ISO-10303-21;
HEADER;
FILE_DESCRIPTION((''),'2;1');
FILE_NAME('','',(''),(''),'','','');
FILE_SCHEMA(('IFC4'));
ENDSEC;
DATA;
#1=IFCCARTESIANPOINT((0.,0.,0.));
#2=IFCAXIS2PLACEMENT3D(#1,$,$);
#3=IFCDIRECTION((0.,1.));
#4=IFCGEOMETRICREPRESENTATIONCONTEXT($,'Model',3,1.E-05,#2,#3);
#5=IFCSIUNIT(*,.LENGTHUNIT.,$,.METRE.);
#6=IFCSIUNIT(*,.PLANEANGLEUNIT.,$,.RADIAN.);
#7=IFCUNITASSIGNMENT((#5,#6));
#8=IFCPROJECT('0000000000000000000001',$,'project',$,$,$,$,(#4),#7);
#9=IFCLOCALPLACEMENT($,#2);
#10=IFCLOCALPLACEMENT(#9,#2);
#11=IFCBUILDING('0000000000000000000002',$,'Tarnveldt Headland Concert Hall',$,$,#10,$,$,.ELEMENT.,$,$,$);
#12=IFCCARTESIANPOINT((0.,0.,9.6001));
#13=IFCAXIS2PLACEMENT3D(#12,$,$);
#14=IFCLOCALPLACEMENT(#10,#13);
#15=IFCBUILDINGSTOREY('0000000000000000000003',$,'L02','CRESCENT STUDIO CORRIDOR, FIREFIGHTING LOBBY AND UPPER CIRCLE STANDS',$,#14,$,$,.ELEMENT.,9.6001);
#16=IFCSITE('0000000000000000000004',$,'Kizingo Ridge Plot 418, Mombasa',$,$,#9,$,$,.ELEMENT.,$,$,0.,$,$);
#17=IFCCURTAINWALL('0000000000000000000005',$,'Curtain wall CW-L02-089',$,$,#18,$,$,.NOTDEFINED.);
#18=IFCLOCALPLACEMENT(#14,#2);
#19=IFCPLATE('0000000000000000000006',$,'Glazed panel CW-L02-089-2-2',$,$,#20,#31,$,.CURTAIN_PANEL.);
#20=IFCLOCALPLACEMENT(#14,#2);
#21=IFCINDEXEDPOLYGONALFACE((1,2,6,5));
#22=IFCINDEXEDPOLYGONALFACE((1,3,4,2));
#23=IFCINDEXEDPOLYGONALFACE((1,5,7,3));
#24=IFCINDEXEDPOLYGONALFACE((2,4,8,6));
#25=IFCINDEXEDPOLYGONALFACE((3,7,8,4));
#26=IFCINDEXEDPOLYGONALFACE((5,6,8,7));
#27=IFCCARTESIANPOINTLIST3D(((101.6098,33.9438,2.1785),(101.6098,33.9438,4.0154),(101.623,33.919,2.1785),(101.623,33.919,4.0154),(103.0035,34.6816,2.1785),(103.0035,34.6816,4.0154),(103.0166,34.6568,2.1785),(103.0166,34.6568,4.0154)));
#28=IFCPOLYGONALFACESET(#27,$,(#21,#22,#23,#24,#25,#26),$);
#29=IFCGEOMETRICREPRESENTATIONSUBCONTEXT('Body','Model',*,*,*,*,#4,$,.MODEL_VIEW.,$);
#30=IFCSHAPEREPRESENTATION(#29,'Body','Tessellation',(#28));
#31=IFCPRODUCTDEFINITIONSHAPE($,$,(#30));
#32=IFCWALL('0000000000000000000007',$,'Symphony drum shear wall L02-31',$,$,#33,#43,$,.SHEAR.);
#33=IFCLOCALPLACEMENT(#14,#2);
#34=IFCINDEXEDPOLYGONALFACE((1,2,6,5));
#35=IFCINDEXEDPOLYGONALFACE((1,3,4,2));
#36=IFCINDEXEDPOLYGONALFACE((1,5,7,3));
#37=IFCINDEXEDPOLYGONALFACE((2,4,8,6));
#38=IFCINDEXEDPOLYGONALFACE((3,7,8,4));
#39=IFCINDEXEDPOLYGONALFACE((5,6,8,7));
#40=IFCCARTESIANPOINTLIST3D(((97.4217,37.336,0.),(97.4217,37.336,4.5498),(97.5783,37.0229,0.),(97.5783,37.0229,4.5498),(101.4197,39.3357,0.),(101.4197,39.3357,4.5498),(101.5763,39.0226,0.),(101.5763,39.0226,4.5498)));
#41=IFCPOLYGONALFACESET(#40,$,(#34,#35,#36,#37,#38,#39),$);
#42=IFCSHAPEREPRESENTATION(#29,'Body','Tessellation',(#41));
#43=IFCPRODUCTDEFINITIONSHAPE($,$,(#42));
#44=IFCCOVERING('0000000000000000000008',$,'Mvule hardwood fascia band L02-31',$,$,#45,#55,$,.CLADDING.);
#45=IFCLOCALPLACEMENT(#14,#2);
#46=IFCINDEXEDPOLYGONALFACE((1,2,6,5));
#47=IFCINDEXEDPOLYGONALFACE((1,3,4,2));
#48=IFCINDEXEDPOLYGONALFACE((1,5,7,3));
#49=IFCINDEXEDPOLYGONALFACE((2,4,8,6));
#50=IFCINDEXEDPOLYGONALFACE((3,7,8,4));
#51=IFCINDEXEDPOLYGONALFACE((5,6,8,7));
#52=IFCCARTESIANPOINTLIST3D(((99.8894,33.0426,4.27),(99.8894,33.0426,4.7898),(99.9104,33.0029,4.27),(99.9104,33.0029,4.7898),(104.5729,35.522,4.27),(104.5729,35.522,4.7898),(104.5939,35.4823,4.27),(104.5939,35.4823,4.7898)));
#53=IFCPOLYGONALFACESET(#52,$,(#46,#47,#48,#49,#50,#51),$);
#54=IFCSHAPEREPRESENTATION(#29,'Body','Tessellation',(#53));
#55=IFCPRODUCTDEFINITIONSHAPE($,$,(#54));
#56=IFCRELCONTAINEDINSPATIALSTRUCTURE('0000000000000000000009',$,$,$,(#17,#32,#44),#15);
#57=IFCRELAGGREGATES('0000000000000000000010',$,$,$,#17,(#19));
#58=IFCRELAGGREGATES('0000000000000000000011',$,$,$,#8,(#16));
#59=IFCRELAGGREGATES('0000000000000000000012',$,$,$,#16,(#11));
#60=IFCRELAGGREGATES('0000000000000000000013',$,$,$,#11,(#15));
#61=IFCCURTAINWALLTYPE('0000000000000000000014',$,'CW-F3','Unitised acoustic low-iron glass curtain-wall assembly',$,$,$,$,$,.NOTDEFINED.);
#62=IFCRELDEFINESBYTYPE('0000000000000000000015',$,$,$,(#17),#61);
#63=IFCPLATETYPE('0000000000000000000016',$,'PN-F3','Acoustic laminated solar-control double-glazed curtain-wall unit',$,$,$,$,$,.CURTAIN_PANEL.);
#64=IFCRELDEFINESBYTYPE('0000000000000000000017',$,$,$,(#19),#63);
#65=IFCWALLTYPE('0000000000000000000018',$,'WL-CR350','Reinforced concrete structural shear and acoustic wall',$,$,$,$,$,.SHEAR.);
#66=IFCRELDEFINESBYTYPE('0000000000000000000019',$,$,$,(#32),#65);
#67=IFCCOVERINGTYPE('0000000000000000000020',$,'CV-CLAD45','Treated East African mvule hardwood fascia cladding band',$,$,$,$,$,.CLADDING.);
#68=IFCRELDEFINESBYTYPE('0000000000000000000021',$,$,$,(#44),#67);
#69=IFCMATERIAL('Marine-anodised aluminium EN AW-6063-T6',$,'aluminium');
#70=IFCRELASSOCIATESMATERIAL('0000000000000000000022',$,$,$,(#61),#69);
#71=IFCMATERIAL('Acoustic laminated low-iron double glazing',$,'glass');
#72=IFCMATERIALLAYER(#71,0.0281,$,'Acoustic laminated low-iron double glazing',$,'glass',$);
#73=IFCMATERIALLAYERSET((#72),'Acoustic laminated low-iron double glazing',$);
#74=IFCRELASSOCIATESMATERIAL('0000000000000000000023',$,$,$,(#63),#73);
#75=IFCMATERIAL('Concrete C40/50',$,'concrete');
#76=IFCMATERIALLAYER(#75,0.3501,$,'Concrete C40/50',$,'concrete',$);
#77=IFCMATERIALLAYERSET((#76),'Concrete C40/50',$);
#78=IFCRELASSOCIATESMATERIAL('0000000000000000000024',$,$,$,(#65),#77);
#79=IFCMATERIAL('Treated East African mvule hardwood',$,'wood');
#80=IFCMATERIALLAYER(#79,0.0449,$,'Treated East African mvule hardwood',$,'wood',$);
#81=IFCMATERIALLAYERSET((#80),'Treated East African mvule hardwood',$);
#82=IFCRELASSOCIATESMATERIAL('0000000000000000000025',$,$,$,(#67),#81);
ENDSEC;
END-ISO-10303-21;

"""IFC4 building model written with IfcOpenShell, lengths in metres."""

from ifc_helpers import new_model, si_unit, direction, frame, frame_2d, origin, origin_2d, place, context, subcontext, project, spatial, rectangle, extrude, material, layer, layer_set, type_object, element, aggregate, save


model = new_model("IFC4")

# Units and contexts
model_context = context("Model", 3, precision=1e-05, world=origin(), true_north=direction((0.0, 1.0)))
body_context = subcontext(model_context, "Body", "Model", "MODEL_VIEW")
ifc_project = project(units=[si_unit("LENGTHUNIT", "METRE"), si_unit("PLANEANGLEUNIT", "RADIAN")], contexts=[model_context])

# Site, building, storey
site_placement = place(None, origin())
site = spatial("IfcSite", under=ifc_project, at=site_placement, Name="Kizingo Ridge Plot 418, Mombasa", CompositionType="ELEMENT", RefElevation=0.0)
building_placement = place(site_placement, origin())
building = spatial("IfcBuilding", under=site, at=building_placement, Name="Tarnveldt Headland Concert Hall", CompositionType="ELEMENT")
storey_placement = place(building_placement, frame((0.0, 0.0, 9.6001)))
storey = spatial("IfcBuildingStorey", under=building, at=storey_placement, Name="L02", Description="CRESCENT STUDIO CORRIDOR, FIREFIGHTING LOBBY AND UPPER CIRCLE STANDS", CompositionType="ELEMENT", Elevation=9.6001)

# Shared definitions
ifc_material_1 = material(Name="Concrete C40/50", Category="concrete")

# Curtain wall
ifc_material_2 = material(Name="Marine-anodised aluminium EN AW-6063-T6", Category="aluminium")
curtain_wall_type = type_object("IfcCurtainWallType", Name="CW-F3", Description="Unitised acoustic low-iron glass curtain-wall assembly", PredefinedType="NOTDEFINED", material=ifc_material_2)
curtain_wall_1_placement = place(storey_placement, origin())
curtain_wall_1 = element("IfcCurtainWall", 1, at=curtain_wall_1_placement, inside=storey, type_object=curtain_wall_type, Name="Curtain wall CW-L02-089", PredefinedType="NOTDEFINED")

# Plate
ifc_material_3 = material(Name="Acoustic laminated low-iron double glazing", Category="glass")
ifc_layer_1 = layer(ifc_material_3, 0.0281, Name="Acoustic laminated low-iron double glazing", Category="glass")
ifc_layer_set_1 = layer_set([ifc_layer_1], Name="Acoustic laminated low-iron double glazing")
plate_type_1 = type_object("IfcPlateType", Name="PN-F3", Description="Acoustic laminated solar-control double-glazed curtain-wall unit", PredefinedType="CURTAIN_PANEL", material=ifc_layer_set_1)
plate_1_placement = place(storey_placement, frame((102.3132, 34.3003, 2.1785), z_axis=(0.0, 0.0, 1.0), x_axis=(0.883782, 0.467899, 0.0)))
plate_1 = element("IfcPlate", 2, at=plate_1_placement, type_object=plate_type_1, Name="Glazed panel CW-L02-089-2-2", PredefinedType="CURTAIN_PANEL", context=body_context, shape_type="SweptSolid", body=[
    extrude(rectangle(XDim=1.5769, YDim=0.0281, at=origin_2d()), origin(), (0.0, 0.0, 1.0), 1.8369),
])
aggregate(curtain_wall_1, [plate_1])

# Wall
ifc_layer_2 = layer(ifc_material_1, 0.3501, Name="Concrete C40/50", Category="concrete")
ifc_layer_set_2 = layer_set([ifc_layer_2], Name="Concrete C40/50")
wall_type = type_object("IfcWallType", Name="WL-CR350", Description="Reinforced concrete structural shear and acoustic wall", PredefinedType="SHEAR", material=ifc_layer_set_2)
wall_placement = place(storey_placement, frame((97.5, 37.1794, 0.0), z_axis=(0.0, 0.0, 1.0), x_axis=(0.894362, 0.447345, 0.0)))
element("IfcWall", 3, at=wall_placement, inside=storey, type_object=wall_type, Name="Symphony drum shear wall L02-31", PredefinedType="SHEAR", context=body_context, shape_type="SweptSolid", body=[
    extrude(rectangle(XDim=4.4702, YDim=0.3501, at=frame_2d((2.2351, 0.0))), origin(), (0.0, 0.0, 1.0), 4.5498),
])

# Covering
ifc_material_4 = material(Name="Treated East African mvule hardwood", Category="wood")
ifc_layer_3 = layer(ifc_material_4, 0.0449, Name="Treated East African mvule hardwood", Category="wood")
ifc_layer_set_3 = layer_set([ifc_layer_3], Name="Treated East African mvule hardwood")
covering_type = type_object("IfcCoveringType", Name="CV-CLAD45", Description="Treated East African mvule hardwood fascia cladding band", PredefinedType="CLADDING", material=ifc_layer_set_3)
covering_placement = place(storey_placement, frame((99.8999, 33.0227, 4.27), z_axis=(0.0, 0.0, 1.0), x_axis=(0.883792, 0.467879, 0.0)))
element("IfcCovering", 4, at=covering_placement, inside=storey, type_object=covering_type, Name="Mvule hardwood fascia band L02-31", PredefinedType="CLADDING", context=body_context, shape_type="SweptSolid", body=[
    extrude(rectangle(XDim=5.2993, YDim=0.0449, at=frame_2d((2.6497, 0.0))), origin(), (0.0, 0.0, 1.0), 0.5198),
])

save(model, "model.ifc")
